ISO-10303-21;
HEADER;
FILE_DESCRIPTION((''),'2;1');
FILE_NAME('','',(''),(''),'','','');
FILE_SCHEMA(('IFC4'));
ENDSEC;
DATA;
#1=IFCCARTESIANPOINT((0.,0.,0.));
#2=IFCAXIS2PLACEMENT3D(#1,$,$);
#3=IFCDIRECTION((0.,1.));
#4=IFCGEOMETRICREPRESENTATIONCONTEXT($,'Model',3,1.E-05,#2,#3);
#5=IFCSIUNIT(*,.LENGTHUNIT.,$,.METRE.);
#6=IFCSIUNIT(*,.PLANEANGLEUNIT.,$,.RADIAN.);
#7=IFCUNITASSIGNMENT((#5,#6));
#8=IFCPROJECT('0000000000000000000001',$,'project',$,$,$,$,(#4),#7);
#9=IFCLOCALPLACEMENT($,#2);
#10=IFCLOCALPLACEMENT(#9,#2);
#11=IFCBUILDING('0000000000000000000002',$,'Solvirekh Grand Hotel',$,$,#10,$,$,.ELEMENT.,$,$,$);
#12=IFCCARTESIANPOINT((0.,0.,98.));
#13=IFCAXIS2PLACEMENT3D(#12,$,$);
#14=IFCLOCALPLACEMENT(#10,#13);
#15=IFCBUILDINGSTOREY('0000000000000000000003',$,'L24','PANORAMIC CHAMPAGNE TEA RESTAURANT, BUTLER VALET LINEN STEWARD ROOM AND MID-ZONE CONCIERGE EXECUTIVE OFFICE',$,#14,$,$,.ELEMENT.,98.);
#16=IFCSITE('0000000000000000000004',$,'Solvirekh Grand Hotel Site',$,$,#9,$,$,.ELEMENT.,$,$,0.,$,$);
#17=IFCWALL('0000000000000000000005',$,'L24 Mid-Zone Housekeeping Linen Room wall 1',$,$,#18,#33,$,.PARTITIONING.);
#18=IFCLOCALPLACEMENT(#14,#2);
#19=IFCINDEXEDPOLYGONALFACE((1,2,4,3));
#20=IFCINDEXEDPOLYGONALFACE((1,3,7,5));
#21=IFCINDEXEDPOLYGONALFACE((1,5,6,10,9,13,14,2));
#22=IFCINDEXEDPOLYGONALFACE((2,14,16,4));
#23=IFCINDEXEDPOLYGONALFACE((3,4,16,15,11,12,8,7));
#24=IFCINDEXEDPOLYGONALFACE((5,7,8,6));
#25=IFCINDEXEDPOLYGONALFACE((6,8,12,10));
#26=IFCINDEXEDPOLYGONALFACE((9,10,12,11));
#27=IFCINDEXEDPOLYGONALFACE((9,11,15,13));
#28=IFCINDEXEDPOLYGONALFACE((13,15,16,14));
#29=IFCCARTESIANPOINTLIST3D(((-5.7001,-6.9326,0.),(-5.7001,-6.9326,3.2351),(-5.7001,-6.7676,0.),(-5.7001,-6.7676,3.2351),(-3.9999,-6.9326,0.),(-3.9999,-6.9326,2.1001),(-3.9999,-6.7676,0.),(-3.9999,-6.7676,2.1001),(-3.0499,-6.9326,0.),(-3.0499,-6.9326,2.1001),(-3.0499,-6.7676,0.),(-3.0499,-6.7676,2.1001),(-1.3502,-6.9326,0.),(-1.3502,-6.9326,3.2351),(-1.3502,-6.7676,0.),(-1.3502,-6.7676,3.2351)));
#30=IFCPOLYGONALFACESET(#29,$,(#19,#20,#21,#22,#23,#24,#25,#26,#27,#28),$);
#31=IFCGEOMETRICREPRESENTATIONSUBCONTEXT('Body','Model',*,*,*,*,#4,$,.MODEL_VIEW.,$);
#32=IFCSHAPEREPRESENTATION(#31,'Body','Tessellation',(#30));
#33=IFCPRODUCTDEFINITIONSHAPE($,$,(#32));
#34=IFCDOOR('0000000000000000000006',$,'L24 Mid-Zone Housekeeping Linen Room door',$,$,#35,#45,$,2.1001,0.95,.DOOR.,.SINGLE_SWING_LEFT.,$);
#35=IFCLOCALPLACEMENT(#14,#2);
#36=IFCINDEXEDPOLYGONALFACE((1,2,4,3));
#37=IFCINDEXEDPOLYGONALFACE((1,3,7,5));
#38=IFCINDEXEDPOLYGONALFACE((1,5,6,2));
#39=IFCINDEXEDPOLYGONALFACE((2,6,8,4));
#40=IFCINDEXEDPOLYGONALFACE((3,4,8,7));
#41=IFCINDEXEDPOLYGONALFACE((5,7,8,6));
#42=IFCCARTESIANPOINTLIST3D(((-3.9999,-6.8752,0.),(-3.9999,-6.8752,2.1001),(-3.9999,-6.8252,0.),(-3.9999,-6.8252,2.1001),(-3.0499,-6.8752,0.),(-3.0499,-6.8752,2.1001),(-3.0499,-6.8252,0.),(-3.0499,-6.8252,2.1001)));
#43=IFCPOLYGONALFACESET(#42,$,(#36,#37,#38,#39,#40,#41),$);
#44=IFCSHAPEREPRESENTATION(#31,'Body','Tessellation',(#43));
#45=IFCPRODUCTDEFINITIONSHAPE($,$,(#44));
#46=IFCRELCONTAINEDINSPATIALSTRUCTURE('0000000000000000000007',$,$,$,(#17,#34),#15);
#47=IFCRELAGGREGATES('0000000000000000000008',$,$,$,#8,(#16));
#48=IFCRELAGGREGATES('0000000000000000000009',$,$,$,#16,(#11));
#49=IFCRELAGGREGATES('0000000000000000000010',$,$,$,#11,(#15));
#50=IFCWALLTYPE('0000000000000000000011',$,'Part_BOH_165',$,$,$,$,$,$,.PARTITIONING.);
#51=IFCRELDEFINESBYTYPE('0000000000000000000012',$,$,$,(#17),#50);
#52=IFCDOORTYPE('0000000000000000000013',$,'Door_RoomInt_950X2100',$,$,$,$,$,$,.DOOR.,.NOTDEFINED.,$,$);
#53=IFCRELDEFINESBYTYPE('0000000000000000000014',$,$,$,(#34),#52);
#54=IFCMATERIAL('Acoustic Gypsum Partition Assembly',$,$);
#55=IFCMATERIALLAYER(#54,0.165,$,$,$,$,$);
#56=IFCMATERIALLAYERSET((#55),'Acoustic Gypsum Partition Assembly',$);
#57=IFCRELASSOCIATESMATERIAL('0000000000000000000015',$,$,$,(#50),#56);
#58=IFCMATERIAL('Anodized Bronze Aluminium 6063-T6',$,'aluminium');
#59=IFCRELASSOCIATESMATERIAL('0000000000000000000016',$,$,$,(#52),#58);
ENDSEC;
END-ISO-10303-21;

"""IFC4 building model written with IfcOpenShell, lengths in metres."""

from ifc_helpers import new_model, si_unit, direction, frame, frame_2d, origin, place, context, subcontext, project, spatial, rectangle, extrude, material, layer, layer_set, type_object, element, fill, save


model = new_model("IFC4")

# Units and contexts
model_context = context("Model", 3, precision=1e-05, world=origin(), true_north=direction((0.0, 1.0)))
body_context = subcontext(model_context, "Body", "Model", "MODEL_VIEW")
ifc_project = project(units=[si_unit("LENGTHUNIT", "METRE"), si_unit("PLANEANGLEUNIT", "RADIAN")], contexts=[model_context])

# Site, building, storey
site_placement = place(None, origin())
site = spatial("IfcSite", under=ifc_project, at=site_placement, Name="Solvirekh Grand Hotel Site", CompositionType="ELEMENT", RefElevation=0.0)
building_placement = place(site_placement, origin())
building = spatial("IfcBuilding", under=site, at=building_placement, Name="Solvirekh Grand Hotel", CompositionType="ELEMENT")
storey_placement = place(building_placement, frame((0.0, 0.0, 98.0)))
storey = spatial("IfcBuildingStorey", under=building, at=storey_placement, Name="L24", Description="PANORAMIC CHAMPAGNE TEA RESTAURANT, BUTLER VALET LINEN STEWARD ROOM AND MID-ZONE CONCIERGE EXECUTIVE OFFICE", CompositionType="ELEMENT", Elevation=98.0)

# Shared definitions
ifc_material_1 = material(Name="Anodized Bronze Aluminium 6063-T6", Category="aluminium")

# Wall, opening, door
ifc_material_2 = material(Name="Acoustic Gypsum Partition Assembly")
ifc_layer_1 = layer(ifc_material_2, 0.165)
ifc_layer_set_1 = layer_set([ifc_layer_1], Name="Acoustic Gypsum Partition Assembly")
wall_type_1 = type_object("IfcWallType", Name="Part_BOH_165", PredefinedType="PARTITIONING", material=ifc_layer_set_1)
wall_1_placement = place(storey_placement, frame((-5.7, -6.8501, 0.0), z_axis=(0.0, 0.0, 1.0), x_axis=(1.0, 0.0, 0.0)))
wall_1 = element("IfcWall", 1, at=wall_1_placement, inside=storey, type_object=wall_type_1, Name="L24 Mid-Zone Housekeeping Linen Room wall 1", PredefinedType="PARTITIONING", context=body_context, shape_type="SweptSolid", body=[
    extrude(rectangle(XDim=4.3499, YDim=0.165, at=frame_2d((2.1748, 0.0))), origin(), (0.0, 0.0, 1.0), 3.2351),
])
opening_1_placement = place(wall_1_placement, frame((1.7, 0.0, 0.0)))
opening_1 = element("IfcOpeningElement", 2, at=opening_1_placement, cuts=wall_1, PredefinedType="OPENING", context=body_context, shape_type="SweptSolid", body=[
    extrude(rectangle(XDim=0.95, YDim=2.1001, at=frame_2d((0.4751, 1.05))), frame((0.0, 0.0925, 0.0), z_axis=(0.0, -1.0, 0.0), x_axis=(1.0, 0.0, 0.0)), (0.0, 0.0, 1.0), 0.1851),
])
door_type_1 = type_object("IfcDoorType", Name="Door_RoomInt_950X2100", OperationType="NOTDEFINED", PredefinedType="DOOR", material=ifc_material_1)
door_1_placement = place(opening_1_placement, origin())
door_1 = element("IfcDoor", 3, at=door_1_placement, inside=storey, type_object=door_type_1, Name="L24 Mid-Zone Housekeeping Linen Room door", OperationType="SINGLE_SWING_LEFT", OverallHeight=2.1001, OverallWidth=0.95, PredefinedType="DOOR", context=body_context, shape_type="SweptSolid", body=[
    extrude(rectangle(XDim=0.95, YDim=2.1001, at=frame_2d((0.4751, 1.05))), frame((0.0, 0.0249, 0.0), z_axis=(0.0, -1.0, 0.0), x_axis=(1.0, 0.0, 0.0)), (0.0, 0.0, 1.0), 0.05),
])
fill(opening_1, door_1)

save(model, "model.ifc")
